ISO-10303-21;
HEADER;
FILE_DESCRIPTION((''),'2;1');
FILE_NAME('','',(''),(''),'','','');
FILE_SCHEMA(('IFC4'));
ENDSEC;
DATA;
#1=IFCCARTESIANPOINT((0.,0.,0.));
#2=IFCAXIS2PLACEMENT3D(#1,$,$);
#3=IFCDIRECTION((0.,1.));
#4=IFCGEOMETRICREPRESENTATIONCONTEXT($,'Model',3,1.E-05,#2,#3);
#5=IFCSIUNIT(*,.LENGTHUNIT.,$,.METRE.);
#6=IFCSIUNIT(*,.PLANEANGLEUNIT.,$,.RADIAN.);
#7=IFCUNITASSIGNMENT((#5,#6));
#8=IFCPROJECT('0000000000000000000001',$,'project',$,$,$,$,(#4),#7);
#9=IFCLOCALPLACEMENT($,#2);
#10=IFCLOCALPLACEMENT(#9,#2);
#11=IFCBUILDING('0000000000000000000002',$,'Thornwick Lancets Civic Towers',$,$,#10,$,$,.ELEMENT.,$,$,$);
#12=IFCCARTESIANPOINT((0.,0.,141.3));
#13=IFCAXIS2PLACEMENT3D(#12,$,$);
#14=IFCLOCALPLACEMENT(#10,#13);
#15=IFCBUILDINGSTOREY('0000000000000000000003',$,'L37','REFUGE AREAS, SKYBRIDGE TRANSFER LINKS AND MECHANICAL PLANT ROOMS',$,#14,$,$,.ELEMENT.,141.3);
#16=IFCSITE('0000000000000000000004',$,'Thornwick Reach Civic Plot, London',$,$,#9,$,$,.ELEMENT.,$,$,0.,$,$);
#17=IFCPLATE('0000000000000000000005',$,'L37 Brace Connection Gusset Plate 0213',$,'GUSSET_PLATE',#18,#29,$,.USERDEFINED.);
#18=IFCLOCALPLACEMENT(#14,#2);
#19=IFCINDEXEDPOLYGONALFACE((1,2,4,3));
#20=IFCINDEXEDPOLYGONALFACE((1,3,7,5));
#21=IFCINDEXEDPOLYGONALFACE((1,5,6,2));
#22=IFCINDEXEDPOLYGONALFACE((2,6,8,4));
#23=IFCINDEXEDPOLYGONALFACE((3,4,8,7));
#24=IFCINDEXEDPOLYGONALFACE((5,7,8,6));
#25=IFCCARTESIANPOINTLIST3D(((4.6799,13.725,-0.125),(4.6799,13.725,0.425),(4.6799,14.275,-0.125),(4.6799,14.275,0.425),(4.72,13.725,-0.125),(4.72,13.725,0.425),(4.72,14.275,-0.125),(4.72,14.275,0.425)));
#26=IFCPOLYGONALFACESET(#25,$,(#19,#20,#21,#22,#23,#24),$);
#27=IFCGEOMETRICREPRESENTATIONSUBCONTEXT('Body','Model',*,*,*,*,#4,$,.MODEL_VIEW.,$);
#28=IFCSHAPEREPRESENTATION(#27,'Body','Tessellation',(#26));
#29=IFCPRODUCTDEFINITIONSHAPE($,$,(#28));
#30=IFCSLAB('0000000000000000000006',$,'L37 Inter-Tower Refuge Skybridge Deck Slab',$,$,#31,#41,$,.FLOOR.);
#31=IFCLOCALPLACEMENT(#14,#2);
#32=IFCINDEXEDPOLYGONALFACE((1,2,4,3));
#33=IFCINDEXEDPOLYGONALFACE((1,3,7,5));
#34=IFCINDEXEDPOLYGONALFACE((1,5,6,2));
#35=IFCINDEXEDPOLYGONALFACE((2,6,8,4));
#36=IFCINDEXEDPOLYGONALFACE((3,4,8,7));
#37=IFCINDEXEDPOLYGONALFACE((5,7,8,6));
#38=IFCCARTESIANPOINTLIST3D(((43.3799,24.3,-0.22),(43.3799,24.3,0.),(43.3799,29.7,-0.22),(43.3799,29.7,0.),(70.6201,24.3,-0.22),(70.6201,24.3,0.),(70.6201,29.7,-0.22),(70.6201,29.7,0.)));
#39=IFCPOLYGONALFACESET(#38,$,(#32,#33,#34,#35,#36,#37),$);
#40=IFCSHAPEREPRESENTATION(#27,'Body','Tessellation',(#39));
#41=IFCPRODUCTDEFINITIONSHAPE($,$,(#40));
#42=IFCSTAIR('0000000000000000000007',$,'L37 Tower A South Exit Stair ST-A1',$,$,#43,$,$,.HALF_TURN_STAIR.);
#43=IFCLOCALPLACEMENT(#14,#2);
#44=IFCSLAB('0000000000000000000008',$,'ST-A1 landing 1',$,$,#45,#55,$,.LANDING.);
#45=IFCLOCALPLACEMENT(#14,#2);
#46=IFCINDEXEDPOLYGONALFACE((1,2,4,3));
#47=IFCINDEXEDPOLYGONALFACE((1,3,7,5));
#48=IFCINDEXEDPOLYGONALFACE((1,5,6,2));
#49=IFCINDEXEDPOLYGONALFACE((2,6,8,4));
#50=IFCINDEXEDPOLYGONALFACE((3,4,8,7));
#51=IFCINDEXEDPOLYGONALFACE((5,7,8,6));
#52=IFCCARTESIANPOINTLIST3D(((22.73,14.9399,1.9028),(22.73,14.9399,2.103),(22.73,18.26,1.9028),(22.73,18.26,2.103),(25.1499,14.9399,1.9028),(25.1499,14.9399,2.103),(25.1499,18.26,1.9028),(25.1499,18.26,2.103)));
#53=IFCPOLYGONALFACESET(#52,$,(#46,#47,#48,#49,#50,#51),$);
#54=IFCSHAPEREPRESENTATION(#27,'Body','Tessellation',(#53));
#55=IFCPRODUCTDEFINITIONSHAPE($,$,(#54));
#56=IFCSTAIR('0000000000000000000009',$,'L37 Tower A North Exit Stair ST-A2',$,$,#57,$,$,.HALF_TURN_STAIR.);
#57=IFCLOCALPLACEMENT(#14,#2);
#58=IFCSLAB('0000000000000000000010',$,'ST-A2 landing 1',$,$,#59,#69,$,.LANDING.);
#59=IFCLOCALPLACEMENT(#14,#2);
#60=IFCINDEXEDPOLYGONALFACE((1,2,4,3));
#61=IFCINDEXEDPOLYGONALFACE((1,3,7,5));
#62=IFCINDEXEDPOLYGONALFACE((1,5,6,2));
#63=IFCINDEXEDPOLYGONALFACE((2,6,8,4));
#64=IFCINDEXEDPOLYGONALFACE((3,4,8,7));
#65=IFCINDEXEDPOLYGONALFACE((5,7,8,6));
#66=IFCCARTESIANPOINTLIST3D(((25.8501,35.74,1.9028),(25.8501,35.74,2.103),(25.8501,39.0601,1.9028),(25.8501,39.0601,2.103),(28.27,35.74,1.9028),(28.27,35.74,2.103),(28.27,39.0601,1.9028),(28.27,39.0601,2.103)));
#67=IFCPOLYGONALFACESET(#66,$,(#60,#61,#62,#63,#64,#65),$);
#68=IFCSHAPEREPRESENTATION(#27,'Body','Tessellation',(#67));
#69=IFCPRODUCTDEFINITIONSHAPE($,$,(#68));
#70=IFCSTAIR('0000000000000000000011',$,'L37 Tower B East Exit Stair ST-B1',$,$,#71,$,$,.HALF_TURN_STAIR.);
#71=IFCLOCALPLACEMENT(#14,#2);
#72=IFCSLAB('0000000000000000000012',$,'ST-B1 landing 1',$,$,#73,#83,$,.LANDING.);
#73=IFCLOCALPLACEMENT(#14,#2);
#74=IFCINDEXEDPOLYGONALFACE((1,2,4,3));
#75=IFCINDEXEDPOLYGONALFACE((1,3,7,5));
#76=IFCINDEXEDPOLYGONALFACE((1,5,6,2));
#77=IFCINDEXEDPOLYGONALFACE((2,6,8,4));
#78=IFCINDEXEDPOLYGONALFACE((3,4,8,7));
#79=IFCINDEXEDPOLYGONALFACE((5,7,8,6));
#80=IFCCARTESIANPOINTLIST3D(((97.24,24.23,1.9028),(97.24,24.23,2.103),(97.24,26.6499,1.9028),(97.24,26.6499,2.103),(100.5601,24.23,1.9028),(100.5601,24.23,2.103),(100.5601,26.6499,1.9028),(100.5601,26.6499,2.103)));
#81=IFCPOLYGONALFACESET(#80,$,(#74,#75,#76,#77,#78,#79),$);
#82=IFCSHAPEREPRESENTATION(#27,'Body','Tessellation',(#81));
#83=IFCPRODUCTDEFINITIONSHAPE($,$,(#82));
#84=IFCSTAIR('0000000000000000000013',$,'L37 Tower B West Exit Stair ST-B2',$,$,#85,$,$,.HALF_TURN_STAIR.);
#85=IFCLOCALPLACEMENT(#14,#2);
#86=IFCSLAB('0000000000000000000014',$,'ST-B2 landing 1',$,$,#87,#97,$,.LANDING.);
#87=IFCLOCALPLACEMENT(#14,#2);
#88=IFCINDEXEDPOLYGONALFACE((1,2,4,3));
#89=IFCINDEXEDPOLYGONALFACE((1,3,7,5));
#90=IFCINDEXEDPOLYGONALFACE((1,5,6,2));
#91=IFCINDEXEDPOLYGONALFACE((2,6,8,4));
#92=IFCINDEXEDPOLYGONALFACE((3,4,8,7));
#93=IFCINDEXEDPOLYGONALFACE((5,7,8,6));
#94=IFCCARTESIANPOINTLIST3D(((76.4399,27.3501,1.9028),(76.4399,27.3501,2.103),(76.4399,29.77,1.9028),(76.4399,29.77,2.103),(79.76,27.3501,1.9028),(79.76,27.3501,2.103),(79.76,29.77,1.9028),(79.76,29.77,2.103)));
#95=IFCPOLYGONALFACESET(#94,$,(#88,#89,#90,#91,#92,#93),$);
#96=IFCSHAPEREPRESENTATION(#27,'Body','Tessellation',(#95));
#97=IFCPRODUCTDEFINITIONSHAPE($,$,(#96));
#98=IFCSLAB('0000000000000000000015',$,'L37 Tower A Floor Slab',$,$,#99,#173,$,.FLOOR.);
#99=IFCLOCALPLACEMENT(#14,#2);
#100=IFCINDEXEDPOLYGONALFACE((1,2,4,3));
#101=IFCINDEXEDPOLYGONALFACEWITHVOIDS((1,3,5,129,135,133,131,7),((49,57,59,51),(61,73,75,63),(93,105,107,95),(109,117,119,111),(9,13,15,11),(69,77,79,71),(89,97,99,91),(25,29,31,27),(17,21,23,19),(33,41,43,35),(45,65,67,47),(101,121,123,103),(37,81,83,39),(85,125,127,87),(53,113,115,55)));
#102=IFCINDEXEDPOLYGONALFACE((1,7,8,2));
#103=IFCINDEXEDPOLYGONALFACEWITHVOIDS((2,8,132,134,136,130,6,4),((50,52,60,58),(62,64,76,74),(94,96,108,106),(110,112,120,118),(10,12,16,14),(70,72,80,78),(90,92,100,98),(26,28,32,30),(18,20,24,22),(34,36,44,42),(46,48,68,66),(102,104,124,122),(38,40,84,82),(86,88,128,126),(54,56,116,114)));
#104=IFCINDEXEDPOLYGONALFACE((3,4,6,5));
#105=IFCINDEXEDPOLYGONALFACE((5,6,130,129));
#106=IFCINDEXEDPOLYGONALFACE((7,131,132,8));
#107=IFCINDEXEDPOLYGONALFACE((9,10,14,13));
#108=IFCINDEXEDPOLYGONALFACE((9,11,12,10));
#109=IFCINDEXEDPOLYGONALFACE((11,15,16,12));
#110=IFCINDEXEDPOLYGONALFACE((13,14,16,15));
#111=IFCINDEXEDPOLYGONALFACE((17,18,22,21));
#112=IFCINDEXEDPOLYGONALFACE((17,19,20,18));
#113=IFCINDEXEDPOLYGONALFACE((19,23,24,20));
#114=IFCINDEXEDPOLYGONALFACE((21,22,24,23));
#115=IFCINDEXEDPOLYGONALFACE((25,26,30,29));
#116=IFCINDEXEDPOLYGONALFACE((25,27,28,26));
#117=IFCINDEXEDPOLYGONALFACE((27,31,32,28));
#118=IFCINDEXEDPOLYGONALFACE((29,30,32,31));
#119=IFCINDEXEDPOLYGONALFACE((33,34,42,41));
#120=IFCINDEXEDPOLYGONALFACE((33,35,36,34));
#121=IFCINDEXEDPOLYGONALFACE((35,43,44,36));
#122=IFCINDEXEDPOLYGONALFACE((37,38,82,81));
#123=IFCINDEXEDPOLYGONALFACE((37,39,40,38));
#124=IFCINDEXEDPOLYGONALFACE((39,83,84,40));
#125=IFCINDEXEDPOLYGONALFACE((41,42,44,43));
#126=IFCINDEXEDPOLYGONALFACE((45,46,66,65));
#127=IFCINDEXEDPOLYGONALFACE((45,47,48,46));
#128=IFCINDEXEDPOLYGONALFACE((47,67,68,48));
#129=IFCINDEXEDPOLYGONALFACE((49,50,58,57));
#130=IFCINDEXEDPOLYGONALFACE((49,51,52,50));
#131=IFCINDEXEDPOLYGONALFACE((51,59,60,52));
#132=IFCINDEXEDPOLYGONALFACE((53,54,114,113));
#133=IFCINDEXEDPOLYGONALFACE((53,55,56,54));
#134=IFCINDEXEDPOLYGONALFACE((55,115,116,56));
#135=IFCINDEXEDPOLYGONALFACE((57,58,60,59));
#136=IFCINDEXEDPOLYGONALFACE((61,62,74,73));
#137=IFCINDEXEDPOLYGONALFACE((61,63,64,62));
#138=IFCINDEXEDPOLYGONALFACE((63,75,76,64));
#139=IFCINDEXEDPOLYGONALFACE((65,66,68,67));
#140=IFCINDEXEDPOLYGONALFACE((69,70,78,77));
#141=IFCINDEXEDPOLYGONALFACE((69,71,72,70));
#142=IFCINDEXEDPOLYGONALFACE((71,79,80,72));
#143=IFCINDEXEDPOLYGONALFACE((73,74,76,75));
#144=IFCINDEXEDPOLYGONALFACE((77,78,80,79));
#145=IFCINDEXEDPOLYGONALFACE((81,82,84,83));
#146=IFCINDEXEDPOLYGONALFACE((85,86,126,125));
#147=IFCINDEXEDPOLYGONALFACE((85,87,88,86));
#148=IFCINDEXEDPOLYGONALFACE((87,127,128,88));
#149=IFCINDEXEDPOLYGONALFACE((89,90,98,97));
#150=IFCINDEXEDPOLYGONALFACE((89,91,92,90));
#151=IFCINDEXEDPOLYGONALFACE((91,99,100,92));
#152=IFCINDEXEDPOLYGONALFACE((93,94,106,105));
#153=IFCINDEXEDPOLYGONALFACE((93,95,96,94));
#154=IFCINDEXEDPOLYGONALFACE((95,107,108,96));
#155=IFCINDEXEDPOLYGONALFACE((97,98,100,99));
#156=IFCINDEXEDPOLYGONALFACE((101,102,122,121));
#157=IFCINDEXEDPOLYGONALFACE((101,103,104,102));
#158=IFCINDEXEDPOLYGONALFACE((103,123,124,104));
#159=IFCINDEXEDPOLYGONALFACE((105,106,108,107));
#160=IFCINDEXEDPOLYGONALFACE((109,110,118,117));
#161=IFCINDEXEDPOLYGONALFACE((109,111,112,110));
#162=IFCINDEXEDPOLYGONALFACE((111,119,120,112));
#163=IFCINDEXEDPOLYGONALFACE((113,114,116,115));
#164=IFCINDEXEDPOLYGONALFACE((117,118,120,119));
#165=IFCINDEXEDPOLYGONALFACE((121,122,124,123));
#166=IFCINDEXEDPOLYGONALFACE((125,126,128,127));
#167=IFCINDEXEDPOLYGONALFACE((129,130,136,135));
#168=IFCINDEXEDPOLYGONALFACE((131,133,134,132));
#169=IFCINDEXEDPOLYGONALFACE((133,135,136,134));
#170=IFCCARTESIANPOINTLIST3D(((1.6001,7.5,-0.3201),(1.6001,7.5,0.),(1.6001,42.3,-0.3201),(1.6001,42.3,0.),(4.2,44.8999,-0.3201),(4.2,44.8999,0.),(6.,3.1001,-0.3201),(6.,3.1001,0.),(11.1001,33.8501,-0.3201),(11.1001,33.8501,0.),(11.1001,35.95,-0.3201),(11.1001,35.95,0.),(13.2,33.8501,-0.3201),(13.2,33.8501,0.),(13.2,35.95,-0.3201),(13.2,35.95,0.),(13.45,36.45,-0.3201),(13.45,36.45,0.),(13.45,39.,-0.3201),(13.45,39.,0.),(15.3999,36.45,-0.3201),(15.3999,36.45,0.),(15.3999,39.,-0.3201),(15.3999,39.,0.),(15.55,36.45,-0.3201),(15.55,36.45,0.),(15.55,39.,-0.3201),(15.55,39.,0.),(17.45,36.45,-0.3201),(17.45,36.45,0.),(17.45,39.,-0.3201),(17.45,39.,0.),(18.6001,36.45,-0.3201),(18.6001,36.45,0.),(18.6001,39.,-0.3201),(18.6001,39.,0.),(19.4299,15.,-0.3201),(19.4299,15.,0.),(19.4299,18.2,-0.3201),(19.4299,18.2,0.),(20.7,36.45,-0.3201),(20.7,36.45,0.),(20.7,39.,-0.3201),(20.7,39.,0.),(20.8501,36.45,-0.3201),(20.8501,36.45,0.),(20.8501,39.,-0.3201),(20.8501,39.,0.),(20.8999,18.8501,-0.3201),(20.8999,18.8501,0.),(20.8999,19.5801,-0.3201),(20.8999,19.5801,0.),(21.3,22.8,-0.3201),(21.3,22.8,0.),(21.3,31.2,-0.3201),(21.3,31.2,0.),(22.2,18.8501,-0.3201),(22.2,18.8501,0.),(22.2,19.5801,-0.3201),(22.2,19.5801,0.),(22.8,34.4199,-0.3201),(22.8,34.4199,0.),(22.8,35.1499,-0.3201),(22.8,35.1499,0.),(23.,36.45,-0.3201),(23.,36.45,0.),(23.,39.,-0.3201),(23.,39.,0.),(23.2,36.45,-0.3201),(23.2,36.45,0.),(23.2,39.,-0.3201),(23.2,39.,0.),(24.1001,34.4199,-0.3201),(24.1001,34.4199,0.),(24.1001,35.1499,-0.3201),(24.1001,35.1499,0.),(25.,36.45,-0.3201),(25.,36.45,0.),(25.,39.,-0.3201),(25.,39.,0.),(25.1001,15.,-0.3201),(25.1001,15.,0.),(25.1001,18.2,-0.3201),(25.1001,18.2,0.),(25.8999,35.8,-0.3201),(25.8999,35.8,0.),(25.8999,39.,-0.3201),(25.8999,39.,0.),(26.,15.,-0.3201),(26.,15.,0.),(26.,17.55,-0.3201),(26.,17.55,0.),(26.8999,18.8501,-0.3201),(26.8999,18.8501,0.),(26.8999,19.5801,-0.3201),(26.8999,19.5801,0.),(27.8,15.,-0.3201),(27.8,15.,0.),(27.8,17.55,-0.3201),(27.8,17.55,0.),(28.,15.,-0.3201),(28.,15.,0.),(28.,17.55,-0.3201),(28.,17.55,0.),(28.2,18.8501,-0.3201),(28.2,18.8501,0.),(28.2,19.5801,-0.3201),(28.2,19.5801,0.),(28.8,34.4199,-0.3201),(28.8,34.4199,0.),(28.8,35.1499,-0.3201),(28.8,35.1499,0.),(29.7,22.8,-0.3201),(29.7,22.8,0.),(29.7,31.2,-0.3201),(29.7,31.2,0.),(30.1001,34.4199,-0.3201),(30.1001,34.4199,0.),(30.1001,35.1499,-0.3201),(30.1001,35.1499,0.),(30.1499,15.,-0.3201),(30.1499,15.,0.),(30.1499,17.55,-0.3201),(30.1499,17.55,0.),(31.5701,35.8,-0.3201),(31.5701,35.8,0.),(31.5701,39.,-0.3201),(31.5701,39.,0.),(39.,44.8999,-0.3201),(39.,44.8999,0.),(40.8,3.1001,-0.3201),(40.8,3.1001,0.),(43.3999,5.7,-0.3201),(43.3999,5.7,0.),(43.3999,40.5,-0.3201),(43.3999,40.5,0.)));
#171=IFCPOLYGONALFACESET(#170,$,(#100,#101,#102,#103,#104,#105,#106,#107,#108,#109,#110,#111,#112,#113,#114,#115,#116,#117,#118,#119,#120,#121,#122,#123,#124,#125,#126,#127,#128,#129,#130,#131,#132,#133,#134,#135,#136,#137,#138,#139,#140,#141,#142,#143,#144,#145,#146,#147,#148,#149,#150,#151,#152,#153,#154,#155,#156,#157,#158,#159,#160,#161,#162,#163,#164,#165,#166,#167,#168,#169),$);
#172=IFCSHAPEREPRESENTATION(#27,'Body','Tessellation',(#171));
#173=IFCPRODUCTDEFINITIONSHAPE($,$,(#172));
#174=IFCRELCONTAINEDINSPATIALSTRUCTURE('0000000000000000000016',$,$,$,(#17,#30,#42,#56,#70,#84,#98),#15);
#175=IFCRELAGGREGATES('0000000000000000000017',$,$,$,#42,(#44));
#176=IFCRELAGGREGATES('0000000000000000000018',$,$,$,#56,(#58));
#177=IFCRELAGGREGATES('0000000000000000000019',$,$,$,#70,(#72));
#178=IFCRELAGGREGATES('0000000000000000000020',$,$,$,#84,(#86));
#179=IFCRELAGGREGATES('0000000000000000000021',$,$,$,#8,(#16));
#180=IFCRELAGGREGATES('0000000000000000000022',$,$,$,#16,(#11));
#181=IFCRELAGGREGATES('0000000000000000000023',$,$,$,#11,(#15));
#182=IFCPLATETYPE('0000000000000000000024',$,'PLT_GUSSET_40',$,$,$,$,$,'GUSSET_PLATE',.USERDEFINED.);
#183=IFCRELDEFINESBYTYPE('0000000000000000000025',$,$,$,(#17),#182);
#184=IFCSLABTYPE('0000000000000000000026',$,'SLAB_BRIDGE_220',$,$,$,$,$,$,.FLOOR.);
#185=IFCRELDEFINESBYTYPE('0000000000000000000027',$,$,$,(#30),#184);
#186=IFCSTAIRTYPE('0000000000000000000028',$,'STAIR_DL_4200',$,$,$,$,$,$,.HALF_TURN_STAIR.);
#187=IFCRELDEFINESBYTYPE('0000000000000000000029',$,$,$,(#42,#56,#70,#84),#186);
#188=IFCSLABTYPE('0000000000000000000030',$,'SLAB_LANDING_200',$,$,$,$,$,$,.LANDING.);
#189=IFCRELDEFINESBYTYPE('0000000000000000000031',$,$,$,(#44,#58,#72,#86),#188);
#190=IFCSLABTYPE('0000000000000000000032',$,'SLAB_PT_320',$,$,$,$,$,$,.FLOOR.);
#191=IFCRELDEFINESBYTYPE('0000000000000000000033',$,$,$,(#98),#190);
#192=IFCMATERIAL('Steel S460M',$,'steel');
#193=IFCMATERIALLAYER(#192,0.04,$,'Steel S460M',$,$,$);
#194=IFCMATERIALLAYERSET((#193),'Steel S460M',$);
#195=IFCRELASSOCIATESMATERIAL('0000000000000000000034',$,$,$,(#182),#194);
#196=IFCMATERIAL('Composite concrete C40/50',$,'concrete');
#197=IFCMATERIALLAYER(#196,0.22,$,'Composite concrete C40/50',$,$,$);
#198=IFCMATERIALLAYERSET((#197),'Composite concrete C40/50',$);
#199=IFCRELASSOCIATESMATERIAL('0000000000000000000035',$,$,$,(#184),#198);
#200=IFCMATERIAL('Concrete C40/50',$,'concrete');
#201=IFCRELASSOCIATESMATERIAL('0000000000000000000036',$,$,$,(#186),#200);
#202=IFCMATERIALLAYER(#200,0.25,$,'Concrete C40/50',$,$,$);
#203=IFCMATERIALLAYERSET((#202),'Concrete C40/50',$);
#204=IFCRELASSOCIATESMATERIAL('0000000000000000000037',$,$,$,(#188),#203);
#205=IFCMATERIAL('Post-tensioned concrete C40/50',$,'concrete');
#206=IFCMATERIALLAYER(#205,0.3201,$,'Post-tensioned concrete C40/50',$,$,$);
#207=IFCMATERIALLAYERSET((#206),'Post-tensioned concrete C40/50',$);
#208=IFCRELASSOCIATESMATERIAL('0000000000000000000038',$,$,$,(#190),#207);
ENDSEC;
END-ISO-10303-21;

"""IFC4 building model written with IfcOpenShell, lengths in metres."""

from ifc_helpers import new_model, si_unit, direction, frame, origin, origin_2d, place, context, subcontext, project, spatial, polyline, rectangle, outline, extrude, material, layer, layer_set, type_object, element, aggregate, save


model = new_model("IFC4")

# Units and contexts
model_context = context("Model", 3, precision=1e-05, world=origin(), true_north=direction((0.0, 1.0)))
body_context = subcontext(model_context, "Body", "Model", "MODEL_VIEW")
ifc_project = project(units=[si_unit("LENGTHUNIT", "METRE"), si_unit("PLANEANGLEUNIT", "RADIAN")], contexts=[model_context])

# Site, building, storey
site_placement = place(None, origin())
site = spatial("IfcSite", under=ifc_project, at=site_placement, Name="Thornwick Reach Civic Plot, London", CompositionType="ELEMENT", RefElevation=0.0)
building_placement = place(site_placement, origin())
building = spatial("IfcBuilding", under=site, at=building_placement, Name="Thornwick Lancets Civic Towers", CompositionType="ELEMENT")
storey_placement = place(building_placement, frame((0.0, 0.0, 141.3)))
storey = spatial("IfcBuildingStorey", under=building, at=storey_placement, Name="L37", Description="REFUGE AREAS, SKYBRIDGE TRANSFER LINKS AND MECHANICAL PLANT ROOMS", CompositionType="ELEMENT", Elevation=141.3)

# Shared definitions
ifc_material_1 = material(Name="Steel S460M", Category="steel")

# Plate
ifc_layer_1 = layer(ifc_material_1, 0.04, Name="Steel S460M")
ifc_layer_set_1 = layer_set([ifc_layer_1], Name="Steel S460M")
plate_type_1 = type_object("IfcPlateType", Name="PLT_GUSSET_40", ElementType="GUSSET_PLATE", PredefinedType="USERDEFINED", material=ifc_layer_set_1)
plate_1_placement = place(storey_placement, frame((4.7, 14.0, -0.125), z_axis=(0.0, 0.0, 1.0), x_axis=(0.0, 1.0, 0.0)))
element("IfcPlate", 1, at=plate_1_placement, inside=storey, type_object=plate_type_1, Name="L37 Brace Connection Gusset Plate 0213", ObjectType="GUSSET_PLATE", PredefinedType="USERDEFINED", context=body_context, shape_type="SweptSolid", body=[
    extrude(rectangle(XDim=0.55, YDim=0.04, at=origin_2d()), origin(), (0.0, 0.0, 1.0), 0.55),
])

# Slab
ifc_material_2 = material(Name="Composite concrete C40/50", Category="concrete")
ifc_layer_2 = layer(ifc_material_2, 0.22, Name="Composite concrete C40/50")
ifc_layer_set_2 = layer_set([ifc_layer_2], Name="Composite concrete C40/50")
slab_type_1 = type_object("IfcSlabType", Name="SLAB_BRIDGE_220", PredefinedType="FLOOR", material=ifc_layer_set_2)
slab_1_placement = place(storey_placement, frame((0.0, 0.0, -0.22)))
element("IfcSlab", 2, at=slab_1_placement, inside=storey, type_object=slab_type_1, Name="L37 Inter-Tower Refuge Skybridge Deck Slab", PredefinedType="FLOOR", context=body_context, shape_type="SweptSolid", body=[
    extrude(outline(polyline([(43.3799, 24.3), (70.6201, 24.3), (70.6201, 29.7), (43.3799, 29.7), (43.3799, 24.3)])), origin(), (0.0, 0.0, 1.0), 0.22),
])

# Stairs, slabs
ifc_material_3 = material(Name="Concrete C40/50", Category="concrete")
stair_type = type_object("IfcStairType", Name="STAIR_DL_4200", PredefinedType="HALF_TURN_STAIR", material=ifc_material_3)
stair_1_placement = place(storey_placement, origin())
stair_1 = element("IfcStair", 3, at=stair_1_placement, inside=storey, type_object=stair_type, Name="L37 Tower A South Exit Stair ST-A1", PredefinedType="HALF_TURN_STAIR")
ifc_layer_3 = layer(ifc_material_3, 0.25, Name="Concrete C40/50")
ifc_layer_set_3 = layer_set([ifc_layer_3], Name="Concrete C40/50")
slab_type_2 = type_object("IfcSlabType", Name="SLAB_LANDING_200", PredefinedType="LANDING", material=ifc_layer_set_3)
slab_2_placement = place(storey_placement, frame((0.0, 0.0, 1.9028)))
slab_2 = element("IfcSlab", 4, at=slab_2_placement, type_object=slab_type_2, Name="ST-A1 landing 1", PredefinedType="LANDING", context=body_context, shape_type="SweptSolid", body=[
    extrude(outline(polyline([(22.73, 14.9399), (25.1499, 14.9399), (25.1499, 18.26), (22.73, 18.26), (22.73, 14.9399)])), origin(), (0.0, 0.0, 1.0), 0.2002),
])
aggregate(stair_1, [slab_2])
stair_2_placement = place(storey_placement, origin())
stair_2 = element("IfcStair", 5, at=stair_2_placement, inside=storey, type_object=stair_type, Name="L37 Tower A North Exit Stair ST-A2", PredefinedType="HALF_TURN_STAIR")
slab_3_placement = place(storey_placement, frame((0.0, 0.0, 1.9028)))
slab_3 = element("IfcSlab", 6, at=slab_3_placement, type_object=slab_type_2, Name="ST-A2 landing 1", PredefinedType="LANDING", context=body_context, shape_type="SweptSolid", body=[
    extrude(outline(polyline([(28.27, 39.0601), (25.8501, 39.0601), (25.8501, 35.74), (28.27, 35.74), (28.27, 39.0601)])), origin(), (0.0, 0.0, 1.0), 0.2002),
])
aggregate(stair_2, [slab_3])
stair_3_placement = place(storey_placement, origin())
stair_3 = element("IfcStair", 7, at=stair_3_placement, inside=storey, type_object=stair_type, Name="L37 Tower B East Exit Stair ST-B1", PredefinedType="HALF_TURN_STAIR")
slab_4_placement = place(storey_placement, frame((0.0, 0.0, 1.9028)))
slab_4 = element("IfcSlab", 8, at=slab_4_placement, type_object=slab_type_2, Name="ST-B1 landing 1", PredefinedType="LANDING", context=body_context, shape_type="SweptSolid", body=[
    extrude(outline(polyline([(100.5601, 24.23), (100.5601, 26.6499), (97.24, 26.6499), (97.24, 24.23), (100.5601, 24.23)])), origin(), (0.0, 0.0, 1.0), 0.2002),
])
aggregate(stair_3, [slab_4])
stair_4_placement = place(storey_placement, origin())
stair_4 = element("IfcStair", 9, at=stair_4_placement, inside=storey, type_object=stair_type, Name="L37 Tower B West Exit Stair ST-B2", PredefinedType="HALF_TURN_STAIR")
slab_5_placement = place(storey_placement, frame((0.0, 0.0, 1.9028)))
slab_5 = element("IfcSlab", 10, at=slab_5_placement, type_object=slab_type_2, Name="ST-B2 landing 1", PredefinedType="LANDING", context=body_context, shape_type="SweptSolid", body=[
    extrude(outline(polyline([(76.4399, 29.77), (76.4399, 27.3501), (79.76, 27.3501), (79.76, 29.77), (76.4399, 29.77)])), origin(), (0.0, 0.0, 1.0), 0.2002),
])
aggregate(stair_4, [slab_5])

# Slab
ifc_material_4 = material(Name="Post-tensioned concrete C40/50", Category="concrete")
ifc_layer_4 = layer(ifc_material_4, 0.3201, Name="Post-tensioned concrete C40/50")
ifc_layer_set_4 = layer_set([ifc_layer_4], Name="Post-tensioned concrete C40/50")
slab_type_3 = type_object("IfcSlabType", Name="SLAB_PT_320", PredefinedType="FLOOR", material=ifc_layer_set_4)
slab_6_placement = place(storey_placement, frame((0.0, 0.0, -0.3201)))
element("IfcSlab", 11, at=slab_6_placement, inside=storey, type_object=slab_type_3, Name="L37 Tower A Floor Slab", PredefinedType="FLOOR", context=body_context, shape_type="SweptSolid", body=[
    extrude(outline(polyline([(6.0, 3.1001), (40.8, 3.1001), (43.3999, 5.7), (43.3999, 40.5), (39.0, 44.8999), (4.2, 44.8999), (1.6001, 42.3), (1.6001, 7.5), (6.0, 3.1001)]), holes=[polyline([(21.3, 22.8), (29.7, 22.8), (29.7, 31.2), (21.3, 31.2), (21.3, 22.8)]), polyline([(19.4299, 15.0), (25.1001, 15.0), (25.1001, 18.2), (19.4299, 18.2), (19.4299, 15.0)]), polyline([(31.5701, 39.0), (25.8999, 39.0), (25.8999, 35.8), (31.5701, 35.8), (31.5701, 39.0)]), polyline([(26.0, 15.0), (27.8, 15.0), (27.8, 17.55), (26.0, 17.55), (26.0, 15.0)]), polyline([(28.0, 15.0), (30.1499, 15.0), (30.1499, 17.55), (28.0, 17.55), (28.0, 15.0)]), polyline([(23.2, 36.45), (25.0, 36.45), (25.0, 39.0), (23.2, 39.0), (23.2, 36.45)]), polyline([(20.8501, 36.45), (23.0, 36.45), (23.0, 39.0), (20.8501, 39.0), (20.8501, 36.45)]), polyline([(18.6001, 36.45), (20.7, 36.45), (20.7, 39.0), (18.6001, 39.0), (18.6001, 36.45)]), polyline([(15.55, 36.45), (17.45, 36.45), (17.45, 39.0), (15.55, 39.0), (15.55, 36.45)]), polyline([(13.45, 36.45), (15.3999, 36.45), (15.3999, 39.0), (13.45, 39.0), (13.45, 36.45)]), polyline([(11.1001, 33.8501), (13.2, 33.8501), (13.2, 35.95), (11.1001, 35.95), (11.1001, 33.8501)]), polyline([(26.8999, 18.8501), (28.2, 18.8501), (28.2, 19.5801), (26.8999, 19.5801), (26.8999, 18.8501)]), polyline([(20.8999, 18.8501), (22.2, 18.8501), (22.2, 19.5801), (20.8999, 19.5801), (20.8999, 18.8501)]), polyline([(22.8, 34.4199), (24.1001, 34.4199), (24.1001, 35.1499), (22.8, 35.1499), (22.8, 34.4199)]), polyline([(28.8, 34.4199), (30.1001, 34.4199), (30.1001, 35.1499), (28.8, 35.1499), (28.8, 34.4199)])]), origin(), (0.0, 0.0, 1.0), 0.3201),
])

save(model, "model.ifc")
